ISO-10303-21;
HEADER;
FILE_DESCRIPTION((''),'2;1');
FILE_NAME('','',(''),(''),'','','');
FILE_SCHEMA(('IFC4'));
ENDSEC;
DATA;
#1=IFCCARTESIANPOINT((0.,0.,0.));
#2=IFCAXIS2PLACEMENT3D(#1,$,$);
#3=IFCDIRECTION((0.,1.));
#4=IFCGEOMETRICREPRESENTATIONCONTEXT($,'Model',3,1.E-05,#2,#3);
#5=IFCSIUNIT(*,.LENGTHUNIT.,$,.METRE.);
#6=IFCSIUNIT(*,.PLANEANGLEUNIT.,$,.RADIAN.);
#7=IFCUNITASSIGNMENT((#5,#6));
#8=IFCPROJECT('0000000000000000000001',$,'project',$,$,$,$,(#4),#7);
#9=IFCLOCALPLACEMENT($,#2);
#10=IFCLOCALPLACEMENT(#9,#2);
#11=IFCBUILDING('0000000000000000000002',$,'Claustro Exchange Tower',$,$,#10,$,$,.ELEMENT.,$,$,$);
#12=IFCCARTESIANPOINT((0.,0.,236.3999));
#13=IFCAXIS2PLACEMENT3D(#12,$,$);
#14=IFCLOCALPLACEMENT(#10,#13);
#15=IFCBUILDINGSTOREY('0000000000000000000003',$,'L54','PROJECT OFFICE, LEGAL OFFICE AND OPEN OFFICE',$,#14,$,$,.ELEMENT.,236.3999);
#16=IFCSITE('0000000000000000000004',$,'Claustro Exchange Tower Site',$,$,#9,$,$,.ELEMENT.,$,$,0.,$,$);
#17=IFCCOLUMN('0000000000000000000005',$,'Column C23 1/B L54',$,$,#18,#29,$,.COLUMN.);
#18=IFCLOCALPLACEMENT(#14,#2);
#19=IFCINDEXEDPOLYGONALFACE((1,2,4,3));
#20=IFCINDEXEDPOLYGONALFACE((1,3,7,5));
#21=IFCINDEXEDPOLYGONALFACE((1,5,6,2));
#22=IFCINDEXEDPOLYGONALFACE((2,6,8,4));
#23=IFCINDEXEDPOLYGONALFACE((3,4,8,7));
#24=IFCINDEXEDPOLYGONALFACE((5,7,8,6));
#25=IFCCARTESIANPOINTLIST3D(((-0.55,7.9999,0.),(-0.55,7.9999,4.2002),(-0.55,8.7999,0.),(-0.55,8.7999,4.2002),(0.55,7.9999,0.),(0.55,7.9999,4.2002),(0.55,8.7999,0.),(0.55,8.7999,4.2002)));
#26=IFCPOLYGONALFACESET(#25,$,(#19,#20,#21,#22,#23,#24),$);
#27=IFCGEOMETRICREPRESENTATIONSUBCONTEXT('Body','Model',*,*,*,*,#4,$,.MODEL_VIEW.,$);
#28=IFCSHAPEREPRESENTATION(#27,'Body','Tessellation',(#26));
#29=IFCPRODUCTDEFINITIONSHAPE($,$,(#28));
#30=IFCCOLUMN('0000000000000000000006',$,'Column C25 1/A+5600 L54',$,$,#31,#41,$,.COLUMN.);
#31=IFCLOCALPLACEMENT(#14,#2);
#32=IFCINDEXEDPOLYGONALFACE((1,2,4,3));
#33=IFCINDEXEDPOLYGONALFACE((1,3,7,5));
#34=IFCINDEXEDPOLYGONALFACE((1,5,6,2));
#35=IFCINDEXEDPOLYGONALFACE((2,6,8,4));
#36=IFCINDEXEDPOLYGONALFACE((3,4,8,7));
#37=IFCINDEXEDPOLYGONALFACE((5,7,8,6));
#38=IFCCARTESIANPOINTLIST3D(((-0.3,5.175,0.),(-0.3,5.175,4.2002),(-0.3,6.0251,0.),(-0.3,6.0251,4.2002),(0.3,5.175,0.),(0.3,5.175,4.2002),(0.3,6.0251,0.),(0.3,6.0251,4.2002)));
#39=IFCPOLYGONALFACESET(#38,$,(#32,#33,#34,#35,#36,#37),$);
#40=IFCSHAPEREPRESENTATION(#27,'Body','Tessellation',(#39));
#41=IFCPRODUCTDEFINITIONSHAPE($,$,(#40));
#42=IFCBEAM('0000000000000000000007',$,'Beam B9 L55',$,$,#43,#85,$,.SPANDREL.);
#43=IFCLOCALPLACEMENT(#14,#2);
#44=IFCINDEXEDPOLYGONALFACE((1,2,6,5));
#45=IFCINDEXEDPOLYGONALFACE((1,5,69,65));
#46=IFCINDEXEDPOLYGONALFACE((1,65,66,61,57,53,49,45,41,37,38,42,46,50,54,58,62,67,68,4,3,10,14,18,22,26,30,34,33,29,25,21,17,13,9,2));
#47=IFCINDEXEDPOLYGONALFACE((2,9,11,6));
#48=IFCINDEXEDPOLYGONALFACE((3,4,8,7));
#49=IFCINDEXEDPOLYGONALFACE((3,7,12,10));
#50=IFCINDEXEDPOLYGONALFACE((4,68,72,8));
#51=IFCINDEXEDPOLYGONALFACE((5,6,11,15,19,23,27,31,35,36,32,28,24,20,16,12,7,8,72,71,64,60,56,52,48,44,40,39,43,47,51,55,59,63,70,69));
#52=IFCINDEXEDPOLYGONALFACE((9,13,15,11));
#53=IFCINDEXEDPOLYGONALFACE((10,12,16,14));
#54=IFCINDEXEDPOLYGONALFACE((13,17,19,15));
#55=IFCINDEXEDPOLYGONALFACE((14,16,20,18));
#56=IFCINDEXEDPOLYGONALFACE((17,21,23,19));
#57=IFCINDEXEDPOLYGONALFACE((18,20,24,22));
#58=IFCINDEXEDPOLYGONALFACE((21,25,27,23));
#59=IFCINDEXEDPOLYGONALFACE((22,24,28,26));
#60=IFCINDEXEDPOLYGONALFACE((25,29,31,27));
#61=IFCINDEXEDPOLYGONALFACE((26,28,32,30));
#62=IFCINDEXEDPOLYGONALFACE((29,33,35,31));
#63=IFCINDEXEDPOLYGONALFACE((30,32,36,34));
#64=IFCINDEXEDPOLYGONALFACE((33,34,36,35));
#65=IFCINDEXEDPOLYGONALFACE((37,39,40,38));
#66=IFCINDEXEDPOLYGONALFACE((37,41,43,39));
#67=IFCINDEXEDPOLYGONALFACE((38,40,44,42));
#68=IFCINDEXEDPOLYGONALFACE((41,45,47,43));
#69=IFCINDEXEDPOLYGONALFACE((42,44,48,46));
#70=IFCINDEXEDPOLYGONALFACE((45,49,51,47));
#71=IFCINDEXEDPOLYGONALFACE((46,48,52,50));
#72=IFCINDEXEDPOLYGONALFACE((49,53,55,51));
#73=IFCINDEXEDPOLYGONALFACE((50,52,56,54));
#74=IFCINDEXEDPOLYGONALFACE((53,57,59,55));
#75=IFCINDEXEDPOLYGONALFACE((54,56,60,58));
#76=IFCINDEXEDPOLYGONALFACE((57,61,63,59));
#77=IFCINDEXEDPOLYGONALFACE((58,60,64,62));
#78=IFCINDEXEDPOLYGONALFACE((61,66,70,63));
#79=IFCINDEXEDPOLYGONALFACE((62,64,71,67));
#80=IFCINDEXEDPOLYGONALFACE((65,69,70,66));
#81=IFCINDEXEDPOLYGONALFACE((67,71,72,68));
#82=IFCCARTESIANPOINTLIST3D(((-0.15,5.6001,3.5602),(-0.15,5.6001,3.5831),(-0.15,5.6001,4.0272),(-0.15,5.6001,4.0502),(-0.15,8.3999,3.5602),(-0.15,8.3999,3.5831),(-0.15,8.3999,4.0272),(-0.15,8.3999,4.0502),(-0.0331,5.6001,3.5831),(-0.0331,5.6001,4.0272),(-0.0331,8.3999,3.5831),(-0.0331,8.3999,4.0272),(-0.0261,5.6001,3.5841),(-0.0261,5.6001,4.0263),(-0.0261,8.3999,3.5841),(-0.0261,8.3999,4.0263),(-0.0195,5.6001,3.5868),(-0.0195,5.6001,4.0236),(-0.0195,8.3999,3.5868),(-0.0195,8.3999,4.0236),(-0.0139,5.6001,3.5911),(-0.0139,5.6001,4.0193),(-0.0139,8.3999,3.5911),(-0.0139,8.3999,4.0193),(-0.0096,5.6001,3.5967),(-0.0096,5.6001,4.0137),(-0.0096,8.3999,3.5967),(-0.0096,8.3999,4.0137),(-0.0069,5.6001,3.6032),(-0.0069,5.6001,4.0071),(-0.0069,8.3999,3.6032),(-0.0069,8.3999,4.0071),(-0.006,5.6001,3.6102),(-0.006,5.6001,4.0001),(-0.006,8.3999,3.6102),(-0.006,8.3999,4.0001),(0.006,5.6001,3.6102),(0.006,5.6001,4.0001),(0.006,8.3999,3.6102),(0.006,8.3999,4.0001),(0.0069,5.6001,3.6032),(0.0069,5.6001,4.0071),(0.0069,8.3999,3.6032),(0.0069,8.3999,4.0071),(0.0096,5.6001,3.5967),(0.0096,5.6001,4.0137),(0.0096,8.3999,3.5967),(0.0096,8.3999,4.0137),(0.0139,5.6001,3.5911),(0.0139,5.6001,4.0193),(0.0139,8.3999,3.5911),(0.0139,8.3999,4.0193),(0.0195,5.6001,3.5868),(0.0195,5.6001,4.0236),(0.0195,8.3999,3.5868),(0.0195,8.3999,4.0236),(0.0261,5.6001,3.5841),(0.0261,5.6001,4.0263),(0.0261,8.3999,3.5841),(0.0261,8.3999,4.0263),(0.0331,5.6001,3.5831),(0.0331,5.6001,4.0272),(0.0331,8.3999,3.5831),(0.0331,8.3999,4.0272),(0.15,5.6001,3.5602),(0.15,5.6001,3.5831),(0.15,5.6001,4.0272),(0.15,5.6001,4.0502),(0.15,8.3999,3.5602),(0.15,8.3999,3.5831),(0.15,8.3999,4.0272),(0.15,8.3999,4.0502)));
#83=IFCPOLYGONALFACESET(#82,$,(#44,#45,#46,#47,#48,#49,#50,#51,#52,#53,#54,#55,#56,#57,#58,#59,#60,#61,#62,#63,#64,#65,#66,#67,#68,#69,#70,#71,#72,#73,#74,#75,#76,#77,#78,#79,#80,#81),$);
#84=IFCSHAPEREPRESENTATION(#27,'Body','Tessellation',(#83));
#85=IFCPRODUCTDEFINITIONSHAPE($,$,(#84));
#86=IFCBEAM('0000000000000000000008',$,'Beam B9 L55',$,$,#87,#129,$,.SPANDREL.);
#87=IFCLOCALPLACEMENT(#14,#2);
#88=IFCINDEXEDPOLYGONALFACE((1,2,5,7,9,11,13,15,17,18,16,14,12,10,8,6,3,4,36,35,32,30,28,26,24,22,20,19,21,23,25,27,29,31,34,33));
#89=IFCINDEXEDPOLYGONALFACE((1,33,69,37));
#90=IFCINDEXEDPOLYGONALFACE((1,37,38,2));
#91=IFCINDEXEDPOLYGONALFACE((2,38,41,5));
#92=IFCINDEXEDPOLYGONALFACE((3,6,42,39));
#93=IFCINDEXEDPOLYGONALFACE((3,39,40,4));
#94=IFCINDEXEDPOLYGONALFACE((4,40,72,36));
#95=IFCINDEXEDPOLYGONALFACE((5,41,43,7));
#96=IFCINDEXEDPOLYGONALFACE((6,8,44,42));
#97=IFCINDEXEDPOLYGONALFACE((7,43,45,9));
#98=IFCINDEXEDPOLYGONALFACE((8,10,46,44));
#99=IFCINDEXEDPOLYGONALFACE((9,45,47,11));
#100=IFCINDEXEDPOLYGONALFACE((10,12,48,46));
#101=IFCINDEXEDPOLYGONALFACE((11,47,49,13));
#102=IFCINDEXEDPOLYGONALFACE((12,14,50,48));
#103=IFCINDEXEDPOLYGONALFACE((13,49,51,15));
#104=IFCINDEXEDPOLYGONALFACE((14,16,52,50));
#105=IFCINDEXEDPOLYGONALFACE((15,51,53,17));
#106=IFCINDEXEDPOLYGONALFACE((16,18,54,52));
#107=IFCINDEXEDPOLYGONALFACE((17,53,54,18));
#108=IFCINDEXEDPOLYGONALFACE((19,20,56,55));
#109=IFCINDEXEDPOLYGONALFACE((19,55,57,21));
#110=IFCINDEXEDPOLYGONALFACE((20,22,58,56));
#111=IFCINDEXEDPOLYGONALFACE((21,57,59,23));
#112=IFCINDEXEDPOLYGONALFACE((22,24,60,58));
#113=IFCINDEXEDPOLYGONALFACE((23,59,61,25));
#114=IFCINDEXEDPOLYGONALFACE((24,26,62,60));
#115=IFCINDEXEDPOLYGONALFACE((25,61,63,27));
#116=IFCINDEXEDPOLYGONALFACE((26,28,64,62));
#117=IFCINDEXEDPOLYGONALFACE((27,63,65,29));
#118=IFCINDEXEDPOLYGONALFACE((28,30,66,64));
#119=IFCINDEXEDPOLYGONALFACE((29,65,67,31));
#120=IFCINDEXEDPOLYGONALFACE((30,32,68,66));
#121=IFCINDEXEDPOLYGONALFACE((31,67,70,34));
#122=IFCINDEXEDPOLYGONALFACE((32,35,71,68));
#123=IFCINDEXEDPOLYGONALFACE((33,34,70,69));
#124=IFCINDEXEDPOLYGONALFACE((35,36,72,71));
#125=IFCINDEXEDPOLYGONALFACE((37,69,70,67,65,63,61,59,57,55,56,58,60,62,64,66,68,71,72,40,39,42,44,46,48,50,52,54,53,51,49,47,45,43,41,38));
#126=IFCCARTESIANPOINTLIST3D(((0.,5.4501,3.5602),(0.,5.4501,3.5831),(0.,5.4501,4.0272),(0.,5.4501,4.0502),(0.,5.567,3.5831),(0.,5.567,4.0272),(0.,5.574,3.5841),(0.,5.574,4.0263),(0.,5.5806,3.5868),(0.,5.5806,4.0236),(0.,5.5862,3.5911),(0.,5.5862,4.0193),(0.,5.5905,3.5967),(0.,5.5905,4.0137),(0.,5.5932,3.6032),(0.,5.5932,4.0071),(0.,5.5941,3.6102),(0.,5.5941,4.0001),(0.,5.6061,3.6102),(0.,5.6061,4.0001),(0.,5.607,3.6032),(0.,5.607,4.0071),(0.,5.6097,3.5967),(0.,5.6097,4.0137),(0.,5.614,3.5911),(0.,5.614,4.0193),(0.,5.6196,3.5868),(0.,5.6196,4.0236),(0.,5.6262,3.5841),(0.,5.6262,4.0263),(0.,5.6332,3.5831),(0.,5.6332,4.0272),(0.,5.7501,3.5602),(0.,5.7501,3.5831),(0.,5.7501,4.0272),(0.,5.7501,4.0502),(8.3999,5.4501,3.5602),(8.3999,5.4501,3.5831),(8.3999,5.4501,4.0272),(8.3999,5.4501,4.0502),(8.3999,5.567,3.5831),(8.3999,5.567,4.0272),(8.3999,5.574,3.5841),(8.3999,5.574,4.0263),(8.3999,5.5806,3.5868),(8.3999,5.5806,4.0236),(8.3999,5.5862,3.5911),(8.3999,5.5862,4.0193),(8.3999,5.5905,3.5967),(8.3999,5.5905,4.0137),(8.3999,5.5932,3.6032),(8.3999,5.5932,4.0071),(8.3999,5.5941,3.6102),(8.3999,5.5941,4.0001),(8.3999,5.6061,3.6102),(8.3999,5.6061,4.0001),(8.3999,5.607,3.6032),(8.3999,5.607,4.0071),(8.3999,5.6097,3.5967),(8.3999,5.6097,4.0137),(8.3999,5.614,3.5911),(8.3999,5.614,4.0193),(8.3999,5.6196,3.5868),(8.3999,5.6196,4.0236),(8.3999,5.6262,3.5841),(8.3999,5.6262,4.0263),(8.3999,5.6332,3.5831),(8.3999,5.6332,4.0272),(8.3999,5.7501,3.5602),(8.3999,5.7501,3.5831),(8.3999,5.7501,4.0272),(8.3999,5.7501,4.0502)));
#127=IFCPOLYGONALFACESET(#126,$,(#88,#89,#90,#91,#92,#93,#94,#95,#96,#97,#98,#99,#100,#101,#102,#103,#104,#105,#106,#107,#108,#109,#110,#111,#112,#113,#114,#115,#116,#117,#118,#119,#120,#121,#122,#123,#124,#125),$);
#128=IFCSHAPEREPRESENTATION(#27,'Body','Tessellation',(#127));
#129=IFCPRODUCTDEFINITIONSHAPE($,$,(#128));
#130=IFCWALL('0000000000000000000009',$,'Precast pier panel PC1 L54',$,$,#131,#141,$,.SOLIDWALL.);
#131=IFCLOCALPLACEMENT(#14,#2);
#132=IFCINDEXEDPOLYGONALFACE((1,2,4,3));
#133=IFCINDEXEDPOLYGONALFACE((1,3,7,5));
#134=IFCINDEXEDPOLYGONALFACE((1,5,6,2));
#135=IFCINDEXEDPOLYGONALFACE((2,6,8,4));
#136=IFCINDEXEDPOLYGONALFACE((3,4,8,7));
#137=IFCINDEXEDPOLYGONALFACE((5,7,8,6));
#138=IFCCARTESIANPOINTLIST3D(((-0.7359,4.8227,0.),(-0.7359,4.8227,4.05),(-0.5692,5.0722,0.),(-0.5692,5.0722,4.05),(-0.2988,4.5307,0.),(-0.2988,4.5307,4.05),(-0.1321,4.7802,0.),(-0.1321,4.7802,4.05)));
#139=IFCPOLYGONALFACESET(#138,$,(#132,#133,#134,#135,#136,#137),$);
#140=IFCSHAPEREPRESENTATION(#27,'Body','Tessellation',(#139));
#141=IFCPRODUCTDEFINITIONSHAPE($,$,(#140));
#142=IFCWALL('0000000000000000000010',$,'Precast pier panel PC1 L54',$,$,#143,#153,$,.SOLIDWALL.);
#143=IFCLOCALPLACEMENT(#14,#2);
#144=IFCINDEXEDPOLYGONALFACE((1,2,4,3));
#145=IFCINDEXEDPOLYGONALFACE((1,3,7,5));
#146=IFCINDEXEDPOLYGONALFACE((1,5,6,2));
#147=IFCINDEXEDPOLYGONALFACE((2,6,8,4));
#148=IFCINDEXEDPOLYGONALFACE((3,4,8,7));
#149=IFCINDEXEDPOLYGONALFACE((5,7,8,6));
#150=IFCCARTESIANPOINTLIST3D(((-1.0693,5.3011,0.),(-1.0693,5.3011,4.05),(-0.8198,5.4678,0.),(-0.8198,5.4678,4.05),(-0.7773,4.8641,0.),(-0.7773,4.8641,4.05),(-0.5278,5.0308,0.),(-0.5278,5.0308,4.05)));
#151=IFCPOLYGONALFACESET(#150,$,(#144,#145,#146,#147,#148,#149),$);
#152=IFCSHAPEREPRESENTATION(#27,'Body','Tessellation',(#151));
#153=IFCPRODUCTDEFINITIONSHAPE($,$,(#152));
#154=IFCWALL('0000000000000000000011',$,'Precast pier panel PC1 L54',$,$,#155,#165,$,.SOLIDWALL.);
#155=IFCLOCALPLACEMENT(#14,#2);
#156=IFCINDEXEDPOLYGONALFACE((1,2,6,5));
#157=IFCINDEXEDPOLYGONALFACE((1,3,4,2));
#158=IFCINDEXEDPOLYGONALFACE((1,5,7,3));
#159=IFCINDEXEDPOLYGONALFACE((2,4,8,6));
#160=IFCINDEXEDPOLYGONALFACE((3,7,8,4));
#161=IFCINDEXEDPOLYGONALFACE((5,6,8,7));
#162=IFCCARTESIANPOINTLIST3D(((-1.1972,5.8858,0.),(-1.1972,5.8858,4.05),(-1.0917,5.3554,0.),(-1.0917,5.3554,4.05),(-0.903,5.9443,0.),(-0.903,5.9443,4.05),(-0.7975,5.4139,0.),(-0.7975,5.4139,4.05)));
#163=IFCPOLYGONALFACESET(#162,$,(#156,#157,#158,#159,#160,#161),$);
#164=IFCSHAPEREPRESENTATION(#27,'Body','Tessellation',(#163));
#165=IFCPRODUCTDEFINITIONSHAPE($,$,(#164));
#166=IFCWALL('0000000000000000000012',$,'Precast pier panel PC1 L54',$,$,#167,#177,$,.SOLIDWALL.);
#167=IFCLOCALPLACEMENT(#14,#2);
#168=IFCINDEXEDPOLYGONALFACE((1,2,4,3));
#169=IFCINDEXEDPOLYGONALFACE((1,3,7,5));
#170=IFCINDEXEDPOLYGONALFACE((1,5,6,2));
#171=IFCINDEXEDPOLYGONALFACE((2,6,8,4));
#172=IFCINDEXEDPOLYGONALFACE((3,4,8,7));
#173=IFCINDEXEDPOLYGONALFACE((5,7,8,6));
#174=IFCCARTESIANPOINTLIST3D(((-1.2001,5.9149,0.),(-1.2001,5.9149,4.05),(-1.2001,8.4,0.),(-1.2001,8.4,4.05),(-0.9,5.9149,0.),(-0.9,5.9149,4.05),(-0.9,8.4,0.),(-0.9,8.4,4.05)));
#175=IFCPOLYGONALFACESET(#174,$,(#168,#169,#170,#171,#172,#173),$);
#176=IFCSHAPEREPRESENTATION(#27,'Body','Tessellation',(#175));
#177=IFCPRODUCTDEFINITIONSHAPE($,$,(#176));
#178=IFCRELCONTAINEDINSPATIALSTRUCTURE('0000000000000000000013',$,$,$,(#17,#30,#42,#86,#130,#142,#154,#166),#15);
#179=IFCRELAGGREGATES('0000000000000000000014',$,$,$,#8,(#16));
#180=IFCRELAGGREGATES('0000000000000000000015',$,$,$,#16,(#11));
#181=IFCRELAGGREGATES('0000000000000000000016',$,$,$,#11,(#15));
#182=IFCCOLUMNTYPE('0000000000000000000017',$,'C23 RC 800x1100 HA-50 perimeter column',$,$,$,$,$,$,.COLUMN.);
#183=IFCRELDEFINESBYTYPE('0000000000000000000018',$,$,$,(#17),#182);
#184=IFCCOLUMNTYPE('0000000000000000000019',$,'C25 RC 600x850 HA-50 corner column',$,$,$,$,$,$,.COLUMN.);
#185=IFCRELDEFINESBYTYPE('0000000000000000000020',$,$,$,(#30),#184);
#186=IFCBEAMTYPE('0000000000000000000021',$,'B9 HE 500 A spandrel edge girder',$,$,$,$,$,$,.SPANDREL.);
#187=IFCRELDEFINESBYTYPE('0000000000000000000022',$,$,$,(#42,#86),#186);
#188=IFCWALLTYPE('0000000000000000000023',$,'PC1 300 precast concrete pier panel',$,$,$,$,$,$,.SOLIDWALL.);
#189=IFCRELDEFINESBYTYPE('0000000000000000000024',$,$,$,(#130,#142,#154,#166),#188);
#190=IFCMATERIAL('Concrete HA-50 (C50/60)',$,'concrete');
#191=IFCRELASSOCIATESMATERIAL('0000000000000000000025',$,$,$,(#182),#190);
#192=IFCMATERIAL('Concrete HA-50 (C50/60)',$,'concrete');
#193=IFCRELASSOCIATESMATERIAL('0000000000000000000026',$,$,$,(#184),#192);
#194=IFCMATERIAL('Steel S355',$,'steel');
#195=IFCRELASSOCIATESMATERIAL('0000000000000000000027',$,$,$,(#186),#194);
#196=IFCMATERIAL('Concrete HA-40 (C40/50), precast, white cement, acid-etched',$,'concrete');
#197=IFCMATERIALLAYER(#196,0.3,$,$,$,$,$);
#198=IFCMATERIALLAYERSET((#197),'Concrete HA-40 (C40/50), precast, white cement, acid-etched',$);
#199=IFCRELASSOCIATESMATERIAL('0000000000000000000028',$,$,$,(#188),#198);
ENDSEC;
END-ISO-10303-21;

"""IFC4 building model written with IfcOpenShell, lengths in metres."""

from ifc_helpers import new_model, si_unit, direction, frame, frame_2d, origin, origin_2d, place, context, subcontext, project, spatial, rectangle, i_section, extrude, material, layer, layer_set, material_profile, profile_set, type_object, element, save


model = new_model("IFC4")

# Units and contexts
model_context = context("Model", 3, precision=1e-05, world=origin(), true_north=direction((0.0, 1.0)))
body_context = subcontext(model_context, "Body", "Model", "MODEL_VIEW")
ifc_project = project(units=[si_unit("LENGTHUNIT", "METRE"), si_unit("PLANEANGLEUNIT", "RADIAN")], contexts=[model_context])

# Site, building, storey
site_placement = place(None, origin())
site = spatial("IfcSite", under=ifc_project, at=site_placement, Name="Claustro Exchange Tower Site", CompositionType="ELEMENT", RefElevation=0.0)
building_placement = place(site_placement, origin())
building = spatial("IfcBuilding", under=site, at=building_placement, Name="Claustro Exchange Tower", CompositionType="ELEMENT")
storey_placement = place(building_placement, frame((0.0, 0.0, 236.3999)))
storey = spatial("IfcBuildingStorey", under=building, at=storey_placement, Name="L54", Description="PROJECT OFFICE, LEGAL OFFICE AND OPEN OFFICE", CompositionType="ELEMENT", Elevation=236.3999)

# Columns
ifc_material_1 = material(Name="Concrete HA-50 (C50/60)", Category="concrete")
ifc_material_profile_1 = material_profile(ifc_material_1, rectangle(XDim=0.8, YDim=1.1001, at=origin_2d()), Name="RC 800x1100")
ifc_profile_set_1 = profile_set([ifc_material_profile_1], Name="Concrete HA-50 (C50/60)")
column_type_1 = type_object("IfcColumnType", Name="C23 RC 800x1100 HA-50 perimeter column", PredefinedType="COLUMN", material=ifc_profile_set_1)
column_1_placement = place(storey_placement, frame((0.0, 8.3999, 0.0), z_axis=(0.0, 0.0, 1.0), x_axis=(0.0, 1.0, 0.0)))
element("IfcColumn", 1, at=column_1_placement, inside=storey, type_object=column_type_1, Name="Column C23 1/B L54", PredefinedType="COLUMN", context=body_context, shape_type="SweptSolid", body=[
    extrude(rectangle(XDim=0.8, YDim=1.1001, at=origin_2d()), origin(), (0.0, 0.0, 1.0), 4.2002),
])
ifc_material_2 = material(Name="Concrete HA-50 (C50/60)", Category="concrete")
ifc_material_profile_2 = material_profile(ifc_material_2, rectangle(XDim=0.6001, YDim=0.8501, at=origin_2d()), Name="RC 600x850")
ifc_profile_set_2 = profile_set([ifc_material_profile_2], Name="Concrete HA-50 (C50/60)")
column_type_2 = type_object("IfcColumnType", Name="C25 RC 600x850 HA-50 corner column", PredefinedType="COLUMN", material=ifc_profile_set_2)
column_2_placement = place(storey_placement, frame((0.0, 5.6001, 0.0), z_axis=(0.0, 0.0, 1.0), x_axis=(1.0, 0.0, 0.0)))
element("IfcColumn", 2, at=column_2_placement, inside=storey, type_object=column_type_2, Name="Column C25 1/A+5600 L54", PredefinedType="COLUMN", context=body_context, shape_type="SweptSolid", body=[
    extrude(rectangle(XDim=0.6001, YDim=0.8501, at=origin_2d()), origin(), (0.0, 0.0, 1.0), 4.2002),
])

# Beams
ifc_material_3 = material(Name="Steel S355", Category="steel")
ifc_material_profile_3 = material_profile(ifc_material_3, i_section(OverallWidth=0.3, OverallDepth=0.49, WebThickness=0.012, FlangeThickness=0.0229, FilletRadius=0.0271, at=origin_2d()), Name="HE 500 A")
ifc_profile_set_3 = profile_set([ifc_material_profile_3], Name="Steel S355")
beam_type = type_object("IfcBeamType", Name="B9 HE 500 A spandrel edge girder", PredefinedType="SPANDREL", material=ifc_profile_set_3)
beam_1_placement = place(storey_placement, frame((0.0, 5.6001, 3.8052), z_axis=(0.0, 1.0, 0.0), x_axis=(-1.0, 0.0, 0.0)))
element("IfcBeam", 3, at=beam_1_placement, inside=storey, type_object=beam_type, Name="Beam B9 L55", PredefinedType="SPANDREL", context=body_context, shape_type="SweptSolid", body=[
    extrude(i_section(OverallWidth=0.3, OverallDepth=0.49, WebThickness=0.012, FlangeThickness=0.0229, FilletRadius=0.0271, at=origin_2d()), origin(), (0.0, 0.0, 1.0), 2.7998),
])
beam_2_placement = place(storey_placement, frame((0.0, 5.6001, 3.8052), z_axis=(1.0, 0.0, 0.0), x_axis=(0.0, 1.0, 0.0)))
element("IfcBeam", 4, at=beam_2_placement, inside=storey, type_object=beam_type, Name="Beam B9 L55", PredefinedType="SPANDREL", context=body_context, shape_type="SweptSolid", body=[
    extrude(i_section(OverallWidth=0.3, OverallDepth=0.49, WebThickness=0.012, FlangeThickness=0.0229, FilletRadius=0.0271, at=origin_2d()), origin(), (0.0, 0.0, 1.0), 8.3999),
])

# Walls
ifc_material_4 = material(Name="Concrete HA-40 (C40/50), precast, white cement, acid-etched", Category="concrete")
ifc_layer_1 = layer(ifc_material_4, 0.3)
ifc_layer_set_1 = layer_set([ifc_layer_1], Name="Concrete HA-40 (C40/50), precast, white cement, acid-etched")
wall_type_1 = type_object("IfcWallType", Name="PC1 300 precast concrete pier panel", PredefinedType="SOLIDWALL", material=ifc_layer_set_1)
for number, where, z_axis, x_axis, name in (
    (5, (-0.2156, 4.6555, 0.0), (0.0, 0.0, 1.0), (-0.831478, 0.555557, 0.0), "Precast pier panel PC1 L54"),
    (6, (-0.6526, 4.9475, 0.0), (0.0, 0.0, 1.0), (-0.555557, 0.831478, 0.0), "Precast pier panel PC1 L54"),
):
    element("IfcWall", number, at=place(storey_placement, frame(where, z_axis=z_axis, x_axis=x_axis)), inside=storey, type_object=wall_type_1, Name=name, PredefinedType="SOLIDWALL", context=body_context, shape_type="SweptSolid", body=[
        extrude(rectangle(XDim=0.5256, YDim=0.3, at=frame_2d((0.2627, 0.0))), origin(), (0.0, 0.0, 1.0), 4.05),
    ])
wall_1_placement = place(storey_placement, frame((-0.9446, 5.3845, 0.0), z_axis=(0.0, 0.0, 1.0), x_axis=(-0.195074, 0.980789, 0.0)))
element("IfcWall", 7, at=wall_1_placement, inside=storey, type_object=wall_type_1, Name="Precast pier panel PC1 L54", PredefinedType="SOLIDWALL", context=body_context, shape_type="SweptSolid", body=[
    extrude(rectangle(XDim=0.5408, YDim=0.3, at=frame_2d((0.2705, 0.0))), origin(), (0.0, 0.0, 1.0), 4.05),
])
wall_2_placement = place(storey_placement, frame((-1.05, 5.9148, 0.0), z_axis=(0.0, 0.0, 1.0), x_axis=(0.0, 1.0, 0.0)))
element("IfcWall", 8, at=wall_2_placement, inside=storey, type_object=wall_type_1, Name="Precast pier panel PC1 L54", PredefinedType="SOLIDWALL", context=body_context, shape_type="SweptSolid", body=[
    extrude(rectangle(XDim=2.4851, YDim=0.3, at=frame_2d((1.2427, 0.0))), origin(), (0.0, 0.0, 1.0), 4.05),
])

save(model, "model.ifc")
